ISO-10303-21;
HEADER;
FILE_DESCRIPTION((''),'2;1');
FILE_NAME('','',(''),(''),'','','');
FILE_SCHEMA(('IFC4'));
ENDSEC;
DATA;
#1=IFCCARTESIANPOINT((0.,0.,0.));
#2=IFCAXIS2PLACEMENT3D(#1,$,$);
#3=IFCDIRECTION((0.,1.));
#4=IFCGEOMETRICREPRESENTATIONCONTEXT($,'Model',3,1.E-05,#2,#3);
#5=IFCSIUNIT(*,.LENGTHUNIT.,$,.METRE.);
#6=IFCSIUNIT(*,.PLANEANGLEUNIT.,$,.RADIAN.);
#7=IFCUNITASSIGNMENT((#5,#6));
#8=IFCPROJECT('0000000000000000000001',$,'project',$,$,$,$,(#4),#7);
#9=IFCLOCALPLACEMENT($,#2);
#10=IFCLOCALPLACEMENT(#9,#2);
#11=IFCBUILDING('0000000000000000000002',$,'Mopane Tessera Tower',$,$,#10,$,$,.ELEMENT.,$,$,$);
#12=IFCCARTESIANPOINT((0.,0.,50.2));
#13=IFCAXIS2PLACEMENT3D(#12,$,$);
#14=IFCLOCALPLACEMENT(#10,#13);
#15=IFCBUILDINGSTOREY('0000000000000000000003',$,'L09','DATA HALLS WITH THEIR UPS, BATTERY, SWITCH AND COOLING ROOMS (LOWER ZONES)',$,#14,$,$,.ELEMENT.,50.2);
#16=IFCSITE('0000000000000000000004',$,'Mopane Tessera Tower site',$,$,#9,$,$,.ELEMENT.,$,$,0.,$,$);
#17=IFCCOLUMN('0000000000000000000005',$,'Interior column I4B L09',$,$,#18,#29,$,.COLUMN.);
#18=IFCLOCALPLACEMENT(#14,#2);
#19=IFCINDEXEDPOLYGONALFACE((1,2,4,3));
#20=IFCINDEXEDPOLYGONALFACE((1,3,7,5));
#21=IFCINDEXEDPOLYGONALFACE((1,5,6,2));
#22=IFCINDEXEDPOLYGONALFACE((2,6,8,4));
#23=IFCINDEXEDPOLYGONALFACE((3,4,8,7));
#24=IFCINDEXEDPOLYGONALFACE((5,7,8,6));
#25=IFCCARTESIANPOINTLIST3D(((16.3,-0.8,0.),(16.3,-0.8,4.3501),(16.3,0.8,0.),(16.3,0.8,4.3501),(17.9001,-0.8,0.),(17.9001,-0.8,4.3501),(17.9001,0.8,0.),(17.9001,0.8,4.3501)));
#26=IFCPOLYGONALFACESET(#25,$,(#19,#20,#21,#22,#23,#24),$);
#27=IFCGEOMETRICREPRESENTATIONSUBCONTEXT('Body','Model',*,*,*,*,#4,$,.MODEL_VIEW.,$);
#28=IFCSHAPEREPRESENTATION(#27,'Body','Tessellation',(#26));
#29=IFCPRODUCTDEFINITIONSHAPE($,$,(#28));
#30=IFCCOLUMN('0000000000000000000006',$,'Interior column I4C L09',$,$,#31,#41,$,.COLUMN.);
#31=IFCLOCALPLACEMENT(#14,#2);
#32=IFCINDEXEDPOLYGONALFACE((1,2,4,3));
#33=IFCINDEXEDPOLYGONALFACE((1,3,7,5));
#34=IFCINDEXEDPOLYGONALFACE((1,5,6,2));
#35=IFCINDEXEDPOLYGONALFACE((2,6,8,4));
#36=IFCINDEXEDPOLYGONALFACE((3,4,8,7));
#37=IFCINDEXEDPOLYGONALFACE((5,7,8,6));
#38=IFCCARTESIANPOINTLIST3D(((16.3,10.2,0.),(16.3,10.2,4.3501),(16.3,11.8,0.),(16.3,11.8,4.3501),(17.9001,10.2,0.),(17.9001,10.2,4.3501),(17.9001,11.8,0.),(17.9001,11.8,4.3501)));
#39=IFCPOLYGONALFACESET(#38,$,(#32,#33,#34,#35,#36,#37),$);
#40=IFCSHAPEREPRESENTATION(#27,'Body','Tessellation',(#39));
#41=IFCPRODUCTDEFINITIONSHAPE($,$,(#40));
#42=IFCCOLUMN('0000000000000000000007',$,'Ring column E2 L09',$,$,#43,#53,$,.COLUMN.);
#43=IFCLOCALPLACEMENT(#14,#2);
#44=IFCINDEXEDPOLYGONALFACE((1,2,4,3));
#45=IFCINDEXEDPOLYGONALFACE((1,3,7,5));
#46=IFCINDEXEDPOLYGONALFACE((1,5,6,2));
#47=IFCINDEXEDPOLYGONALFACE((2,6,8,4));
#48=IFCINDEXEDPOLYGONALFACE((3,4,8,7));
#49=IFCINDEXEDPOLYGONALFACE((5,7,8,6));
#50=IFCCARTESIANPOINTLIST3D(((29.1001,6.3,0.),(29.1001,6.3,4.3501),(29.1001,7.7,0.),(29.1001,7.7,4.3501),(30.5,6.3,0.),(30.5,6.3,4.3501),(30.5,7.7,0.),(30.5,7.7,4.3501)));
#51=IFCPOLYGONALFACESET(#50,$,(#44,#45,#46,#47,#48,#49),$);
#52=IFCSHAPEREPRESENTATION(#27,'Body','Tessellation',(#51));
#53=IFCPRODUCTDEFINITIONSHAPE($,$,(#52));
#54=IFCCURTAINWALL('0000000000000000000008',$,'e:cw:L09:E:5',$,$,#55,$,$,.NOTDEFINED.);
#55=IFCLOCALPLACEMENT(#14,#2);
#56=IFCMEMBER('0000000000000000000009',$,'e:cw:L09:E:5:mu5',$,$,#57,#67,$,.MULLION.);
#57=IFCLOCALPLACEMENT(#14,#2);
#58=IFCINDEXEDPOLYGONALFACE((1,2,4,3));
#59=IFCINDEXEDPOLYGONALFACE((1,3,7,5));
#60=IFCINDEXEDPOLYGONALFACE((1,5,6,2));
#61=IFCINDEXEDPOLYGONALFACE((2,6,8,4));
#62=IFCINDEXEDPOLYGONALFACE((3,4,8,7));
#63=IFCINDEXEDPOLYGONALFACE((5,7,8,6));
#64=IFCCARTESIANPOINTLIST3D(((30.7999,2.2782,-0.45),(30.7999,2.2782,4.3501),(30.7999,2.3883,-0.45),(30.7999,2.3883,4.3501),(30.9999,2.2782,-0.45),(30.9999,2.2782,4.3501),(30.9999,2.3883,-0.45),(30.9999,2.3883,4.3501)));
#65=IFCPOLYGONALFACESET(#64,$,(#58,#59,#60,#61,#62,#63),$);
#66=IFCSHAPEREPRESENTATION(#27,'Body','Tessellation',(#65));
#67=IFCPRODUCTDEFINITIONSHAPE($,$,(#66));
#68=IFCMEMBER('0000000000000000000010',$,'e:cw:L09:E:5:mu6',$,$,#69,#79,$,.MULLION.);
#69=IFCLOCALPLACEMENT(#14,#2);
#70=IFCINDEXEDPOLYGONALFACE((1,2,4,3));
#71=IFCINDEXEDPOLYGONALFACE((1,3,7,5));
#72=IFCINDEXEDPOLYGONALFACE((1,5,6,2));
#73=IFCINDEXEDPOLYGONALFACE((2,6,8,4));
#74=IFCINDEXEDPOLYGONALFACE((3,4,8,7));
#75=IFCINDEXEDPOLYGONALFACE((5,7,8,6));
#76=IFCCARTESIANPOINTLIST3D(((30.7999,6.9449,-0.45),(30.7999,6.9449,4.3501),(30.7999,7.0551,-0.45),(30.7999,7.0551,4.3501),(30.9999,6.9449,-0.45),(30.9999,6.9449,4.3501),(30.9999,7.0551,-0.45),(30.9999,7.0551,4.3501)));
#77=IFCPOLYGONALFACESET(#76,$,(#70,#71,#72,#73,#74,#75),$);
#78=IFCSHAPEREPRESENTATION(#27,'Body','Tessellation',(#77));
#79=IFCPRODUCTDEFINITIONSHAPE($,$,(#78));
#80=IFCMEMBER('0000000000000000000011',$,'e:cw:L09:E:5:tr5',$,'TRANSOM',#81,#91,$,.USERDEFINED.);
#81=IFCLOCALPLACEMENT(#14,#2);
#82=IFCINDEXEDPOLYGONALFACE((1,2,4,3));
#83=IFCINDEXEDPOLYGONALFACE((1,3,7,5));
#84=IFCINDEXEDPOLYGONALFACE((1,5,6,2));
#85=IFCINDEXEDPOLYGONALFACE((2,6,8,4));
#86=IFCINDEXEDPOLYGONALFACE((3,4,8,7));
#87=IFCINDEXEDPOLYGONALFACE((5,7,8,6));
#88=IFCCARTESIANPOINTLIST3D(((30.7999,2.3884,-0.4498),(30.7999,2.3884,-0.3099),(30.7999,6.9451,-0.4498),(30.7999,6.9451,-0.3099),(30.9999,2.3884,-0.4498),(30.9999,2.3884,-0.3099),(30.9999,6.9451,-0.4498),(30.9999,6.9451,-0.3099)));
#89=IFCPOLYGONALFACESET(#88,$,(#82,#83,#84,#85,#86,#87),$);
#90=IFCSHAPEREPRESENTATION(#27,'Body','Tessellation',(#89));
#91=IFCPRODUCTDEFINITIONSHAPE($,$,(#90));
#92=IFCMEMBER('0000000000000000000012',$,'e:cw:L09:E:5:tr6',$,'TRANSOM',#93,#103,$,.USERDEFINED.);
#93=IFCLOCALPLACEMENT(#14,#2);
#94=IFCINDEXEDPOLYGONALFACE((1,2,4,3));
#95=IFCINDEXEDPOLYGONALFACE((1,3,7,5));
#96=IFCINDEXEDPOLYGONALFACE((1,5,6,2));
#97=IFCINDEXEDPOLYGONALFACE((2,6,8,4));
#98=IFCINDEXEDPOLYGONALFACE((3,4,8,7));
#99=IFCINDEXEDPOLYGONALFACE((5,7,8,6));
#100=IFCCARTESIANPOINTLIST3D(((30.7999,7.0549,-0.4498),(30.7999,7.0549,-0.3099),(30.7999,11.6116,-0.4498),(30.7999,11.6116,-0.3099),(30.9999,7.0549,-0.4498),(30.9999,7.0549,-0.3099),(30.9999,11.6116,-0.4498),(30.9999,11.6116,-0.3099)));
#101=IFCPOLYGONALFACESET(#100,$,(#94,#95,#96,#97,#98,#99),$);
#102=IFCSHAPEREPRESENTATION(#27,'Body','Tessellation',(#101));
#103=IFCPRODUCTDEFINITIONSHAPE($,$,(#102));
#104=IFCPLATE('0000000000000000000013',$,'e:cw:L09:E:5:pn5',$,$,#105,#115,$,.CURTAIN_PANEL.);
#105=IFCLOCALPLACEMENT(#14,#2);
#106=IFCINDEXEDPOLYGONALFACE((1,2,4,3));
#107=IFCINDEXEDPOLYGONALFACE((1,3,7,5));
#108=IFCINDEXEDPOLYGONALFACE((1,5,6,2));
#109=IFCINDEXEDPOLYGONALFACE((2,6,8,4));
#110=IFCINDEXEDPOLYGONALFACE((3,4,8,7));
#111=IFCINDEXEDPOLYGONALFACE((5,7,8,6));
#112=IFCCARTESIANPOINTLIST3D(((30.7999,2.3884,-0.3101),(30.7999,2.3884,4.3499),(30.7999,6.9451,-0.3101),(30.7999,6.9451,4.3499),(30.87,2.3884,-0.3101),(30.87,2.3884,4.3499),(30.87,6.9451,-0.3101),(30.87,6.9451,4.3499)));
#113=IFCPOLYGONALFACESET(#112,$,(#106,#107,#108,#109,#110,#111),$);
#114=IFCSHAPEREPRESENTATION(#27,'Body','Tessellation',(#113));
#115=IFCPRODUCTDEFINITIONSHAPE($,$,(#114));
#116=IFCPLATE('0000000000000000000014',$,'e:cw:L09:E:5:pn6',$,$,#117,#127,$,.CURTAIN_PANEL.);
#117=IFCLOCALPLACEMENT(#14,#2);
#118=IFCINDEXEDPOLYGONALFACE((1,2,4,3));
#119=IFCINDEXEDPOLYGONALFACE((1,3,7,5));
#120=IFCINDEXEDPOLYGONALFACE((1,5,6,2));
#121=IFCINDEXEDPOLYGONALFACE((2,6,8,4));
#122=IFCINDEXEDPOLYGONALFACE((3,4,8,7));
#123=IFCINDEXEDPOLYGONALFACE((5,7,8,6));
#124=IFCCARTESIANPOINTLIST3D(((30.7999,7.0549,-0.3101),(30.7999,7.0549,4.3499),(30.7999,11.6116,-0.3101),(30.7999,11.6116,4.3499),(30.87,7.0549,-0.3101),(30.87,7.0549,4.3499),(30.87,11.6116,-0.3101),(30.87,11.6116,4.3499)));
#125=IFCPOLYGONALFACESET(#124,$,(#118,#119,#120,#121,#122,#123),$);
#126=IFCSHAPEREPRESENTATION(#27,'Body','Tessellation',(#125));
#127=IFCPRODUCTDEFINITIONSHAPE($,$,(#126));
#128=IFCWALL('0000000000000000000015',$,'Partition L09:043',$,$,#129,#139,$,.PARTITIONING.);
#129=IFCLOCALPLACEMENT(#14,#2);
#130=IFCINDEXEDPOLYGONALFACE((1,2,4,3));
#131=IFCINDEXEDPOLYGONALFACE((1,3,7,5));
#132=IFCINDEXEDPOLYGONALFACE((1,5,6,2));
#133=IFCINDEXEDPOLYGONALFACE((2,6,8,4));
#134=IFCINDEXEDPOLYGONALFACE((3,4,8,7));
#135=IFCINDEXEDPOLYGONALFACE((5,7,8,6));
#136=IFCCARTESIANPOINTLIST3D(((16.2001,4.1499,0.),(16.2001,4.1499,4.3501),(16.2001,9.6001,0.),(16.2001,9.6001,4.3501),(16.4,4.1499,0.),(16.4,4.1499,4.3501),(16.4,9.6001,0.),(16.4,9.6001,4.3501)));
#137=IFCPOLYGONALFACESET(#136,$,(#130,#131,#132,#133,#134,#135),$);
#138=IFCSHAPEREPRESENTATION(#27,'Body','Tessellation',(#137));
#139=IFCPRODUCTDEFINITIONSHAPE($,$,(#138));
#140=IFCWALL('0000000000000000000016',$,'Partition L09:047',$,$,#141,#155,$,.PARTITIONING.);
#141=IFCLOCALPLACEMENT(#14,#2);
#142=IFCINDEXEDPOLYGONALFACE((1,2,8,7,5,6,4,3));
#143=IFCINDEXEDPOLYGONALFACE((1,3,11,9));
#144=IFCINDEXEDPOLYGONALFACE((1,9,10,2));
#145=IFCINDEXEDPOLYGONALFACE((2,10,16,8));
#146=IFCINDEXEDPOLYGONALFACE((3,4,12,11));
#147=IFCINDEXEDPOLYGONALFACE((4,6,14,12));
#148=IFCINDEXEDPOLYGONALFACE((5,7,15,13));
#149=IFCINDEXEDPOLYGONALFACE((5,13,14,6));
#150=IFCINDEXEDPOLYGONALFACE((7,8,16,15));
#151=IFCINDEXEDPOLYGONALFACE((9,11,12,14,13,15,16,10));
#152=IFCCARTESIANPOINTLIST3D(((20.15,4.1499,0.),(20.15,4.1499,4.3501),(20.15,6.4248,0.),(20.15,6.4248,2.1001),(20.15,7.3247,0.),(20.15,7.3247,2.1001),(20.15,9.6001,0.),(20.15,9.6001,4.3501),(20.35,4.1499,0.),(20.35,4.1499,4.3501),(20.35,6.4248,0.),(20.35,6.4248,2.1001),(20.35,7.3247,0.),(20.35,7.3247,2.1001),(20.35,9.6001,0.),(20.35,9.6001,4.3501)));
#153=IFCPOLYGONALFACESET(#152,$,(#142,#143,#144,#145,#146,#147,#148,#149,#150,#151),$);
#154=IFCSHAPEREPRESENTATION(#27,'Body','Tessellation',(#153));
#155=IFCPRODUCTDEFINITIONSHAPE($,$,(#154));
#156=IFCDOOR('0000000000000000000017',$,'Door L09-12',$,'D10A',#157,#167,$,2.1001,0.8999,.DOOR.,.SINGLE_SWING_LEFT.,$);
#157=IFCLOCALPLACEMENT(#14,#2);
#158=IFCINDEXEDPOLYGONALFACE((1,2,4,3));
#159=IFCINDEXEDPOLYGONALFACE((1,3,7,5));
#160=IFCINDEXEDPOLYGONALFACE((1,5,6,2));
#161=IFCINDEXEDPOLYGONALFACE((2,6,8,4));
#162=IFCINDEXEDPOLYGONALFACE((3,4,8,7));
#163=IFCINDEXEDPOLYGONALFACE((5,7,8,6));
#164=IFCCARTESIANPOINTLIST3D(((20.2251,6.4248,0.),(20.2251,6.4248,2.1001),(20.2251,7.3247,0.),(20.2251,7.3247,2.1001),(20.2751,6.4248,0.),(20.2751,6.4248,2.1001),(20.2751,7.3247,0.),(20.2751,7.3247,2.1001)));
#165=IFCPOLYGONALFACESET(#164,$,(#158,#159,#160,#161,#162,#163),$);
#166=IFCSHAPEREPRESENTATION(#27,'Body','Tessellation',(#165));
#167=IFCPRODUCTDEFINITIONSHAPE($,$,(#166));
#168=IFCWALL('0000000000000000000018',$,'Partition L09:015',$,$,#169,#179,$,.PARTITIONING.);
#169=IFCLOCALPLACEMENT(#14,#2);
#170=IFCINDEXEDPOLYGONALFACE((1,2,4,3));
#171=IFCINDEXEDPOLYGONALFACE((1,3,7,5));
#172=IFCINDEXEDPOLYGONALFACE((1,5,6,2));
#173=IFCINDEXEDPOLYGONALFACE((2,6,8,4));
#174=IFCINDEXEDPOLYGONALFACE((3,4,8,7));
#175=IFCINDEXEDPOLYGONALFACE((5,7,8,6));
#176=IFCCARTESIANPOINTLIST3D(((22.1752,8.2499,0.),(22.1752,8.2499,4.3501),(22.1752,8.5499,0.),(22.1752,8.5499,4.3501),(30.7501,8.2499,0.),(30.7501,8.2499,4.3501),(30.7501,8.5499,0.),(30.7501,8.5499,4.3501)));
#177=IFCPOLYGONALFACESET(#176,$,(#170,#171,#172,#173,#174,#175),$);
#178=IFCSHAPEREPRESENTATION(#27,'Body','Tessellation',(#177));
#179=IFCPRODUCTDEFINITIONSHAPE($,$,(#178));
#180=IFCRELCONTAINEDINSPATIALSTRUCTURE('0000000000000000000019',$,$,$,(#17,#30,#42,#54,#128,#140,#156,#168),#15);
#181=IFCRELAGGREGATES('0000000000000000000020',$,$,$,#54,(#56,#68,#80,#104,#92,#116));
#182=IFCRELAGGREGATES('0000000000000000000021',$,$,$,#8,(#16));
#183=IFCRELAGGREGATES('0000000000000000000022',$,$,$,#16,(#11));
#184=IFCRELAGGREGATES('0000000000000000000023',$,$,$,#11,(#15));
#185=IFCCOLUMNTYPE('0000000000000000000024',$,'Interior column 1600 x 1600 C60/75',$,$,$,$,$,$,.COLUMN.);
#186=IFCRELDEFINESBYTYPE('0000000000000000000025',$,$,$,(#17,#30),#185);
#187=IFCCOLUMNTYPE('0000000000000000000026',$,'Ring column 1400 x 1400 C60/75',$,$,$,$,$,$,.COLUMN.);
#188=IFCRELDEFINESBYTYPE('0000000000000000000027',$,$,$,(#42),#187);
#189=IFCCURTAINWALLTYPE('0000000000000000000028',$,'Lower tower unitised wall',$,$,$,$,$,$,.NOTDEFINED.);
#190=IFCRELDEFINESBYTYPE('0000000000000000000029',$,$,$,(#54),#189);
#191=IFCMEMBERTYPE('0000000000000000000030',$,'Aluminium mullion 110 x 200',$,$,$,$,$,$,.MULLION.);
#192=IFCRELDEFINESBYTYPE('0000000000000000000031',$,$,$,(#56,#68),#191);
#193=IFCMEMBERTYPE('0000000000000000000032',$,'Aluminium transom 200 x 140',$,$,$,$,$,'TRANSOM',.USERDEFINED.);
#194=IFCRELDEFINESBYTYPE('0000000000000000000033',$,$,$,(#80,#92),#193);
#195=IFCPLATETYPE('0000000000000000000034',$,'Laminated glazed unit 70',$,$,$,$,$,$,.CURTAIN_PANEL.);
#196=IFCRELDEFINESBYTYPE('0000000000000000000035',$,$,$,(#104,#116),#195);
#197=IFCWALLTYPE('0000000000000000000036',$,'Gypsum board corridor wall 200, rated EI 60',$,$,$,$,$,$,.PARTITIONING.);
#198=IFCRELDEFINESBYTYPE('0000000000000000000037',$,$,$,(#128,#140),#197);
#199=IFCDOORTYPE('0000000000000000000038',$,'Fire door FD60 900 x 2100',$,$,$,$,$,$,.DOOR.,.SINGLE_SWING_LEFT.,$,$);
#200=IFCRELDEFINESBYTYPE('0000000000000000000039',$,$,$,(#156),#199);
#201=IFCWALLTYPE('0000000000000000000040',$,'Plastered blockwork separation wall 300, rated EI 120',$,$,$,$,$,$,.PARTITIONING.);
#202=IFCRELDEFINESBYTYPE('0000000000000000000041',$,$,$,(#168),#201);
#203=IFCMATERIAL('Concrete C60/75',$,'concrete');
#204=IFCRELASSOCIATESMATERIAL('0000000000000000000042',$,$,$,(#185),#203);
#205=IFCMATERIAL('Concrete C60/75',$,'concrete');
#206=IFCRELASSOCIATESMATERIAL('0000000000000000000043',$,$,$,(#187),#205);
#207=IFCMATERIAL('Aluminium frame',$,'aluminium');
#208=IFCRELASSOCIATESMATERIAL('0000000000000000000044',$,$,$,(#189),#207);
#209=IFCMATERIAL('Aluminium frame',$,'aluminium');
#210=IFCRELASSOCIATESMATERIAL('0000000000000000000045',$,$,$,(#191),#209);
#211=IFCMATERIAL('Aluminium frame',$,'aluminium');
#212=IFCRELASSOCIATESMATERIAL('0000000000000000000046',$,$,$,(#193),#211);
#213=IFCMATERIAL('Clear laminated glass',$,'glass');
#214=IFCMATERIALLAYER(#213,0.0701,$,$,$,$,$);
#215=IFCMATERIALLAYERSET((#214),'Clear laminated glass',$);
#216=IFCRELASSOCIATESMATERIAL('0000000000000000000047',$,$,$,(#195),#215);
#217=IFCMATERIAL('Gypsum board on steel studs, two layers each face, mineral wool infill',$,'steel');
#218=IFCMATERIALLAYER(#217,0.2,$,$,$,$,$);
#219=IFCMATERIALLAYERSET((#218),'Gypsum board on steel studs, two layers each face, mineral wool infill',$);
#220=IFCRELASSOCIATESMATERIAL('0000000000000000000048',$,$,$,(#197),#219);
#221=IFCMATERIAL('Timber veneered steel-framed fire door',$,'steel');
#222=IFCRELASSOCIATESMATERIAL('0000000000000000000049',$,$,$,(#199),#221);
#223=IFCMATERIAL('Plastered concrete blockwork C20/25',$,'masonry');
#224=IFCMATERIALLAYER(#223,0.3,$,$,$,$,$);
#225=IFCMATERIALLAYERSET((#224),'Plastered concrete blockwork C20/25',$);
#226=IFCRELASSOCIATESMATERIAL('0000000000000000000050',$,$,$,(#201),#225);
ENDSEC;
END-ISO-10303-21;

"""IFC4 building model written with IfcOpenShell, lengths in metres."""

from ifc_helpers import new_model, si_unit, direction, frame, frame_2d, origin, origin_2d, place, context, subcontext, project, spatial, rectangle, extrude, material, layer, layer_set, material_profile, profile_set, type_object, element, fill, aggregate, save


model = new_model("IFC4")

# Units and contexts
model_context = context("Model", 3, precision=1e-05, world=origin(), true_north=direction((0.0, 1.0)))
body_context = subcontext(model_context, "Body", "Model", "MODEL_VIEW")
ifc_project = project(units=[si_unit("LENGTHUNIT", "METRE"), si_unit("PLANEANGLEUNIT", "RADIAN")], contexts=[model_context])

# Site, building, storey
site_placement = place(None, origin())
site = spatial("IfcSite", under=ifc_project, at=site_placement, Name="Mopane Tessera Tower site", CompositionType="ELEMENT", RefElevation=0.0)
building_placement = place(site_placement, origin())
building = spatial("IfcBuilding", under=site, at=building_placement, Name="Mopane Tessera Tower", CompositionType="ELEMENT")
storey_placement = place(building_placement, frame((0.0, 0.0, 50.2)))
storey = spatial("IfcBuildingStorey", under=building, at=storey_placement, Name="L09", Description="DATA HALLS WITH THEIR UPS, BATTERY, SWITCH AND COOLING ROOMS (LOWER ZONES)", CompositionType="ELEMENT", Elevation=50.2)

# Columns
ifc_material_1 = material(Name="Concrete C60/75", Category="concrete")
ifc_material_profile_1 = material_profile(ifc_material_1, rectangle(XDim=1.6001, YDim=1.6001, at=origin_2d()))
ifc_profile_set_1 = profile_set([ifc_material_profile_1], Name="Concrete C60/75")
column_type_1 = type_object("IfcColumnType", Name="Interior column 1600 x 1600 C60/75", PredefinedType="COLUMN", material=ifc_profile_set_1)
for number, where, z_axis, x_axis, name in (
    (1, (17.1001, 0.0, 0.0), (0.0, 0.0, 1.0), (1.0, 0.0, 0.0), "Interior column I4B L09"),
    (2, (17.1001, 11.0, 0.0), (0.0, 0.0, 1.0), (1.0, 0.0, 0.0), "Interior column I4C L09"),
):
    element("IfcColumn", number, at=place(storey_placement, frame(where, z_axis=z_axis, x_axis=x_axis)), inside=storey, type_object=column_type_1, Name=name, PredefinedType="COLUMN", context=body_context, shape_type="SweptSolid", body=[
        extrude(rectangle(XDim=1.6001, YDim=1.6001, at=origin_2d()), origin(), (0.0, 0.0, 1.0), 4.3501),
    ])
ifc_material_2 = material(Name="Concrete C60/75", Category="concrete")
ifc_material_profile_2 = material_profile(ifc_material_2, rectangle(XDim=1.3999, YDim=1.3999, at=origin_2d()))
ifc_profile_set_2 = profile_set([ifc_material_profile_2], Name="Concrete C60/75")
column_type_2 = type_object("IfcColumnType", Name="Ring column 1400 x 1400 C60/75", PredefinedType="COLUMN", material=ifc_profile_set_2)
column_placement = place(storey_placement, frame((29.8, 7.0, 0.0), z_axis=(0.0, 0.0, 1.0), x_axis=(1.0, 0.0, 0.0)))
element("IfcColumn", 3, at=column_placement, inside=storey, type_object=column_type_2, Name="Ring column E2 L09", PredefinedType="COLUMN", context=body_context, shape_type="SweptSolid", body=[
    extrude(rectangle(XDim=1.3999, YDim=1.3999, at=origin_2d()), origin(), (0.0, 0.0, 1.0), 4.3501),
])

# Curtain wall, members, plates
ifc_material_3 = material(Name="Aluminium frame", Category="aluminium")
curtain_wall_type = type_object("IfcCurtainWallType", Name="Lower tower unitised wall", PredefinedType="NOTDEFINED", material=ifc_material_3)
curtain_wall_placement = place(storey_placement, origin())
curtain_wall = element("IfcCurtainWall", 4, at=curtain_wall_placement, inside=storey, type_object=curtain_wall_type, Name="e:cw:L09:E:5", PredefinedType="NOTDEFINED")
ifc_material_4 = material(Name="Aluminium frame", Category="aluminium")
ifc_material_profile_3 = material_profile(ifc_material_4, rectangle(XDim=0.1101, YDim=0.2, at=origin_2d()))
ifc_profile_set_3 = profile_set([ifc_material_profile_3], Name="Aluminium frame")
member_type_1 = type_object("IfcMemberType", Name="Aluminium mullion 110 x 200", PredefinedType="MULLION", material=ifc_profile_set_3)
member_1_placement = place(storey_placement, frame((30.8999, 2.3333, -0.45), z_axis=(0.0, 0.0, 1.0), x_axis=(0.0, 1.0, 0.0)))
member_1 = element("IfcMember", 5, at=member_1_placement, type_object=member_type_1, Name="e:cw:L09:E:5:mu5", PredefinedType="MULLION", context=body_context, shape_type="SweptSolid", body=[
    extrude(rectangle(XDim=0.1101, YDim=0.2, at=origin_2d()), origin(), (0.0, 0.0, 1.0), 4.8),
])
member_2_placement = place(storey_placement, frame((30.8999, 7.0, -0.45), z_axis=(0.0, 0.0, 1.0), x_axis=(0.0, 1.0, 0.0)))
member_2 = element("IfcMember", 6, at=member_2_placement, type_object=member_type_1, Name="e:cw:L09:E:5:mu6", PredefinedType="MULLION", context=body_context, shape_type="SweptSolid", body=[
    extrude(rectangle(XDim=0.1101, YDim=0.2, at=origin_2d()), origin(), (0.0, 0.0, 1.0), 4.8),
])
ifc_material_5 = material(Name="Aluminium frame", Category="aluminium")
ifc_material_profile_4 = material_profile(ifc_material_5, rectangle(XDim=0.2, YDim=0.1399, at=origin_2d()))
ifc_profile_set_4 = profile_set([ifc_material_profile_4], Name="Aluminium frame")
member_type_2 = type_object("IfcMemberType", Name="Aluminium transom 200 x 140", ElementType="TRANSOM", PredefinedType="USERDEFINED", material=ifc_profile_set_4)
member_3_placement = place(storey_placement, frame((30.8999, 2.3884, -0.3799), z_axis=(0.0, 1.0, 0.0), x_axis=(-1.0, 0.0, 0.0)))
member_3 = element("IfcMember", 7, at=member_3_placement, type_object=member_type_2, Name="e:cw:L09:E:5:tr5", ObjectType="TRANSOM", PredefinedType="USERDEFINED", context=body_context, shape_type="SweptSolid", body=[
    extrude(rectangle(XDim=0.2, YDim=0.1399, at=origin_2d()), origin(), (0.0, 0.0, 1.0), 4.5566),
])
member_4_placement = place(storey_placement, frame((30.8999, 7.0549, -0.3799), z_axis=(0.0, 1.0, 0.0), x_axis=(-1.0, 0.0, 0.0)))
member_4 = element("IfcMember", 8, at=member_4_placement, type_object=member_type_2, Name="e:cw:L09:E:5:tr6", ObjectType="TRANSOM", PredefinedType="USERDEFINED", context=body_context, shape_type="SweptSolid", body=[
    extrude(rectangle(XDim=0.2, YDim=0.1399, at=origin_2d()), origin(), (0.0, 0.0, 1.0), 4.5566),
])
ifc_material_6 = material(Name="Clear laminated glass", Category="glass")
ifc_layer_1 = layer(ifc_material_6, 0.0701)
ifc_layer_set_1 = layer_set([ifc_layer_1], Name="Clear laminated glass")
plate_type = type_object("IfcPlateType", Name="Laminated glazed unit 70", PredefinedType="CURTAIN_PANEL", material=ifc_layer_set_1)
plate_1_placement = place(storey_placement, frame((30.835, 4.6667, -0.3101), z_axis=(0.0, 0.0, 1.0), x_axis=(0.0, 1.0, 0.0)))
plate_1 = element("IfcPlate", 9, at=plate_1_placement, type_object=plate_type, Name="e:cw:L09:E:5:pn5", PredefinedType="CURTAIN_PANEL", context=body_context, shape_type="SweptSolid", body=[
    extrude(rectangle(XDim=4.5566, YDim=0.0701, at=origin_2d()), origin(), (0.0, 0.0, 1.0), 4.6599),
])
plate_2_placement = place(storey_placement, frame((30.835, 9.3333, -0.3101), z_axis=(0.0, 0.0, 1.0), x_axis=(0.0, 1.0, 0.0)))
plate_2 = element("IfcPlate", 10, at=plate_2_placement, type_object=plate_type, Name="e:cw:L09:E:5:pn6", PredefinedType="CURTAIN_PANEL", context=body_context, shape_type="SweptSolid", body=[
    extrude(rectangle(XDim=4.5566, YDim=0.0701, at=origin_2d()), origin(), (0.0, 0.0, 1.0), 4.6599),
])
aggregate(curtain_wall, [member_1, member_2, member_3, plate_1, member_4, plate_2])

# Wall
ifc_material_7 = material(Name="Gypsum board on steel studs, two layers each face, mineral wool infill", Category="steel")
ifc_layer_2 = layer(ifc_material_7, 0.2)
ifc_layer_set_2 = layer_set([ifc_layer_2], Name="Gypsum board on steel studs, two layers each face, mineral wool infill")
wall_type_1 = type_object("IfcWallType", Name="Gypsum board corridor wall 200, rated EI 60", PredefinedType="PARTITIONING", material=ifc_layer_set_2)
wall_1_placement = place(storey_placement, frame((16.3, 4.1499, 0.0), z_axis=(0.0, 0.0, 1.0), x_axis=(0.0, 1.0, 0.0)))
element("IfcWall", 11, at=wall_1_placement, inside=storey, type_object=wall_type_1, Name="Partition L09:043", PredefinedType="PARTITIONING", context=body_context, shape_type="SweptSolid", body=[
    extrude(rectangle(XDim=5.4502, YDim=0.2, at=frame_2d((2.7251, 0.0))), origin(), (0.0, 0.0, 1.0), 4.3501),
])

# Wall, opening, door
wall_2_placement = place(storey_placement, frame((20.25, 4.1499, 0.0), z_axis=(0.0, 0.0, 1.0), x_axis=(0.0, 1.0, 0.0)))
wall_2 = element("IfcWall", 12, at=wall_2_placement, inside=storey, type_object=wall_type_1, Name="Partition L09:047", PredefinedType="PARTITIONING", context=body_context, shape_type="SweptSolid", body=[
    extrude(rectangle(XDim=5.4502, YDim=0.2, at=frame_2d((2.7251, 0.0))), origin(), (0.0, 0.0, 1.0), 4.3501),
])
opening_1_placement = place(wall_2_placement, frame((2.2749, 0.0, 0.0)))
opening_1 = element("IfcOpeningElement", 13, at=opening_1_placement, cuts=wall_2, PredefinedType="OPENING", context=body_context, shape_type="SweptSolid", body=[
    extrude(rectangle(XDim=0.8999, YDim=2.1001, at=frame_2d((0.45, 1.05))), frame((0.0, 0.1121, 0.0), z_axis=(0.0, -1.0, 0.0), x_axis=(1.0, 0.0, 0.0)), (0.0, 0.0, 1.0), 0.2239),
])
ifc_material_8 = material(Name="Timber veneered steel-framed fire door", Category="steel")
door_type_1 = type_object("IfcDoorType", Name="Fire door FD60 900 x 2100", OperationType="SINGLE_SWING_LEFT", PredefinedType="DOOR", material=ifc_material_8)
door_1_placement = place(opening_1_placement, origin())
door_1 = element("IfcDoor", 14, at=door_1_placement, inside=storey, type_object=door_type_1, Name="Door L09-12", ObjectType="D10A", OperationType="SINGLE_SWING_LEFT", OverallHeight=2.1001, OverallWidth=0.8999, PredefinedType="DOOR", context=body_context, shape_type="SweptSolid", body=[
    extrude(rectangle(XDim=0.8999, YDim=2.1001, at=frame_2d((0.45, 1.05))), frame((0.0, 0.0249, 0.0), z_axis=(0.0, -1.0, 0.0), x_axis=(1.0, 0.0, 0.0)), (0.0, 0.0, 1.0), 0.05),
])
fill(opening_1, door_1)

# Wall
ifc_material_9 = material(Name="Plastered concrete blockwork C20/25", Category="masonry")
ifc_layer_3 = layer(ifc_material_9, 0.3)
ifc_layer_set_3 = layer_set([ifc_layer_3], Name="Plastered concrete blockwork C20/25")
wall_type_2 = type_object("IfcWallType", Name="Plastered blockwork separation wall 300, rated EI 120", PredefinedType="PARTITIONING", material=ifc_layer_set_3)
wall_3_placement = place(storey_placement, frame((22.175, 8.3999, 0.0), z_axis=(0.0, 0.0, 1.0), x_axis=(1.0, 0.0, 0.0)))
element("IfcWall", 15, at=wall_3_placement, inside=storey, type_object=wall_type_2, Name="Partition L09:015", PredefinedType="PARTITIONING", context=body_context, shape_type="SweptSolid", body=[
    extrude(rectangle(XDim=8.575, YDim=0.3, at=frame_2d((4.2876, 0.0))), origin(), (0.0, 0.0, 1.0), 4.3501),
])

save(model, "model.ifc")
